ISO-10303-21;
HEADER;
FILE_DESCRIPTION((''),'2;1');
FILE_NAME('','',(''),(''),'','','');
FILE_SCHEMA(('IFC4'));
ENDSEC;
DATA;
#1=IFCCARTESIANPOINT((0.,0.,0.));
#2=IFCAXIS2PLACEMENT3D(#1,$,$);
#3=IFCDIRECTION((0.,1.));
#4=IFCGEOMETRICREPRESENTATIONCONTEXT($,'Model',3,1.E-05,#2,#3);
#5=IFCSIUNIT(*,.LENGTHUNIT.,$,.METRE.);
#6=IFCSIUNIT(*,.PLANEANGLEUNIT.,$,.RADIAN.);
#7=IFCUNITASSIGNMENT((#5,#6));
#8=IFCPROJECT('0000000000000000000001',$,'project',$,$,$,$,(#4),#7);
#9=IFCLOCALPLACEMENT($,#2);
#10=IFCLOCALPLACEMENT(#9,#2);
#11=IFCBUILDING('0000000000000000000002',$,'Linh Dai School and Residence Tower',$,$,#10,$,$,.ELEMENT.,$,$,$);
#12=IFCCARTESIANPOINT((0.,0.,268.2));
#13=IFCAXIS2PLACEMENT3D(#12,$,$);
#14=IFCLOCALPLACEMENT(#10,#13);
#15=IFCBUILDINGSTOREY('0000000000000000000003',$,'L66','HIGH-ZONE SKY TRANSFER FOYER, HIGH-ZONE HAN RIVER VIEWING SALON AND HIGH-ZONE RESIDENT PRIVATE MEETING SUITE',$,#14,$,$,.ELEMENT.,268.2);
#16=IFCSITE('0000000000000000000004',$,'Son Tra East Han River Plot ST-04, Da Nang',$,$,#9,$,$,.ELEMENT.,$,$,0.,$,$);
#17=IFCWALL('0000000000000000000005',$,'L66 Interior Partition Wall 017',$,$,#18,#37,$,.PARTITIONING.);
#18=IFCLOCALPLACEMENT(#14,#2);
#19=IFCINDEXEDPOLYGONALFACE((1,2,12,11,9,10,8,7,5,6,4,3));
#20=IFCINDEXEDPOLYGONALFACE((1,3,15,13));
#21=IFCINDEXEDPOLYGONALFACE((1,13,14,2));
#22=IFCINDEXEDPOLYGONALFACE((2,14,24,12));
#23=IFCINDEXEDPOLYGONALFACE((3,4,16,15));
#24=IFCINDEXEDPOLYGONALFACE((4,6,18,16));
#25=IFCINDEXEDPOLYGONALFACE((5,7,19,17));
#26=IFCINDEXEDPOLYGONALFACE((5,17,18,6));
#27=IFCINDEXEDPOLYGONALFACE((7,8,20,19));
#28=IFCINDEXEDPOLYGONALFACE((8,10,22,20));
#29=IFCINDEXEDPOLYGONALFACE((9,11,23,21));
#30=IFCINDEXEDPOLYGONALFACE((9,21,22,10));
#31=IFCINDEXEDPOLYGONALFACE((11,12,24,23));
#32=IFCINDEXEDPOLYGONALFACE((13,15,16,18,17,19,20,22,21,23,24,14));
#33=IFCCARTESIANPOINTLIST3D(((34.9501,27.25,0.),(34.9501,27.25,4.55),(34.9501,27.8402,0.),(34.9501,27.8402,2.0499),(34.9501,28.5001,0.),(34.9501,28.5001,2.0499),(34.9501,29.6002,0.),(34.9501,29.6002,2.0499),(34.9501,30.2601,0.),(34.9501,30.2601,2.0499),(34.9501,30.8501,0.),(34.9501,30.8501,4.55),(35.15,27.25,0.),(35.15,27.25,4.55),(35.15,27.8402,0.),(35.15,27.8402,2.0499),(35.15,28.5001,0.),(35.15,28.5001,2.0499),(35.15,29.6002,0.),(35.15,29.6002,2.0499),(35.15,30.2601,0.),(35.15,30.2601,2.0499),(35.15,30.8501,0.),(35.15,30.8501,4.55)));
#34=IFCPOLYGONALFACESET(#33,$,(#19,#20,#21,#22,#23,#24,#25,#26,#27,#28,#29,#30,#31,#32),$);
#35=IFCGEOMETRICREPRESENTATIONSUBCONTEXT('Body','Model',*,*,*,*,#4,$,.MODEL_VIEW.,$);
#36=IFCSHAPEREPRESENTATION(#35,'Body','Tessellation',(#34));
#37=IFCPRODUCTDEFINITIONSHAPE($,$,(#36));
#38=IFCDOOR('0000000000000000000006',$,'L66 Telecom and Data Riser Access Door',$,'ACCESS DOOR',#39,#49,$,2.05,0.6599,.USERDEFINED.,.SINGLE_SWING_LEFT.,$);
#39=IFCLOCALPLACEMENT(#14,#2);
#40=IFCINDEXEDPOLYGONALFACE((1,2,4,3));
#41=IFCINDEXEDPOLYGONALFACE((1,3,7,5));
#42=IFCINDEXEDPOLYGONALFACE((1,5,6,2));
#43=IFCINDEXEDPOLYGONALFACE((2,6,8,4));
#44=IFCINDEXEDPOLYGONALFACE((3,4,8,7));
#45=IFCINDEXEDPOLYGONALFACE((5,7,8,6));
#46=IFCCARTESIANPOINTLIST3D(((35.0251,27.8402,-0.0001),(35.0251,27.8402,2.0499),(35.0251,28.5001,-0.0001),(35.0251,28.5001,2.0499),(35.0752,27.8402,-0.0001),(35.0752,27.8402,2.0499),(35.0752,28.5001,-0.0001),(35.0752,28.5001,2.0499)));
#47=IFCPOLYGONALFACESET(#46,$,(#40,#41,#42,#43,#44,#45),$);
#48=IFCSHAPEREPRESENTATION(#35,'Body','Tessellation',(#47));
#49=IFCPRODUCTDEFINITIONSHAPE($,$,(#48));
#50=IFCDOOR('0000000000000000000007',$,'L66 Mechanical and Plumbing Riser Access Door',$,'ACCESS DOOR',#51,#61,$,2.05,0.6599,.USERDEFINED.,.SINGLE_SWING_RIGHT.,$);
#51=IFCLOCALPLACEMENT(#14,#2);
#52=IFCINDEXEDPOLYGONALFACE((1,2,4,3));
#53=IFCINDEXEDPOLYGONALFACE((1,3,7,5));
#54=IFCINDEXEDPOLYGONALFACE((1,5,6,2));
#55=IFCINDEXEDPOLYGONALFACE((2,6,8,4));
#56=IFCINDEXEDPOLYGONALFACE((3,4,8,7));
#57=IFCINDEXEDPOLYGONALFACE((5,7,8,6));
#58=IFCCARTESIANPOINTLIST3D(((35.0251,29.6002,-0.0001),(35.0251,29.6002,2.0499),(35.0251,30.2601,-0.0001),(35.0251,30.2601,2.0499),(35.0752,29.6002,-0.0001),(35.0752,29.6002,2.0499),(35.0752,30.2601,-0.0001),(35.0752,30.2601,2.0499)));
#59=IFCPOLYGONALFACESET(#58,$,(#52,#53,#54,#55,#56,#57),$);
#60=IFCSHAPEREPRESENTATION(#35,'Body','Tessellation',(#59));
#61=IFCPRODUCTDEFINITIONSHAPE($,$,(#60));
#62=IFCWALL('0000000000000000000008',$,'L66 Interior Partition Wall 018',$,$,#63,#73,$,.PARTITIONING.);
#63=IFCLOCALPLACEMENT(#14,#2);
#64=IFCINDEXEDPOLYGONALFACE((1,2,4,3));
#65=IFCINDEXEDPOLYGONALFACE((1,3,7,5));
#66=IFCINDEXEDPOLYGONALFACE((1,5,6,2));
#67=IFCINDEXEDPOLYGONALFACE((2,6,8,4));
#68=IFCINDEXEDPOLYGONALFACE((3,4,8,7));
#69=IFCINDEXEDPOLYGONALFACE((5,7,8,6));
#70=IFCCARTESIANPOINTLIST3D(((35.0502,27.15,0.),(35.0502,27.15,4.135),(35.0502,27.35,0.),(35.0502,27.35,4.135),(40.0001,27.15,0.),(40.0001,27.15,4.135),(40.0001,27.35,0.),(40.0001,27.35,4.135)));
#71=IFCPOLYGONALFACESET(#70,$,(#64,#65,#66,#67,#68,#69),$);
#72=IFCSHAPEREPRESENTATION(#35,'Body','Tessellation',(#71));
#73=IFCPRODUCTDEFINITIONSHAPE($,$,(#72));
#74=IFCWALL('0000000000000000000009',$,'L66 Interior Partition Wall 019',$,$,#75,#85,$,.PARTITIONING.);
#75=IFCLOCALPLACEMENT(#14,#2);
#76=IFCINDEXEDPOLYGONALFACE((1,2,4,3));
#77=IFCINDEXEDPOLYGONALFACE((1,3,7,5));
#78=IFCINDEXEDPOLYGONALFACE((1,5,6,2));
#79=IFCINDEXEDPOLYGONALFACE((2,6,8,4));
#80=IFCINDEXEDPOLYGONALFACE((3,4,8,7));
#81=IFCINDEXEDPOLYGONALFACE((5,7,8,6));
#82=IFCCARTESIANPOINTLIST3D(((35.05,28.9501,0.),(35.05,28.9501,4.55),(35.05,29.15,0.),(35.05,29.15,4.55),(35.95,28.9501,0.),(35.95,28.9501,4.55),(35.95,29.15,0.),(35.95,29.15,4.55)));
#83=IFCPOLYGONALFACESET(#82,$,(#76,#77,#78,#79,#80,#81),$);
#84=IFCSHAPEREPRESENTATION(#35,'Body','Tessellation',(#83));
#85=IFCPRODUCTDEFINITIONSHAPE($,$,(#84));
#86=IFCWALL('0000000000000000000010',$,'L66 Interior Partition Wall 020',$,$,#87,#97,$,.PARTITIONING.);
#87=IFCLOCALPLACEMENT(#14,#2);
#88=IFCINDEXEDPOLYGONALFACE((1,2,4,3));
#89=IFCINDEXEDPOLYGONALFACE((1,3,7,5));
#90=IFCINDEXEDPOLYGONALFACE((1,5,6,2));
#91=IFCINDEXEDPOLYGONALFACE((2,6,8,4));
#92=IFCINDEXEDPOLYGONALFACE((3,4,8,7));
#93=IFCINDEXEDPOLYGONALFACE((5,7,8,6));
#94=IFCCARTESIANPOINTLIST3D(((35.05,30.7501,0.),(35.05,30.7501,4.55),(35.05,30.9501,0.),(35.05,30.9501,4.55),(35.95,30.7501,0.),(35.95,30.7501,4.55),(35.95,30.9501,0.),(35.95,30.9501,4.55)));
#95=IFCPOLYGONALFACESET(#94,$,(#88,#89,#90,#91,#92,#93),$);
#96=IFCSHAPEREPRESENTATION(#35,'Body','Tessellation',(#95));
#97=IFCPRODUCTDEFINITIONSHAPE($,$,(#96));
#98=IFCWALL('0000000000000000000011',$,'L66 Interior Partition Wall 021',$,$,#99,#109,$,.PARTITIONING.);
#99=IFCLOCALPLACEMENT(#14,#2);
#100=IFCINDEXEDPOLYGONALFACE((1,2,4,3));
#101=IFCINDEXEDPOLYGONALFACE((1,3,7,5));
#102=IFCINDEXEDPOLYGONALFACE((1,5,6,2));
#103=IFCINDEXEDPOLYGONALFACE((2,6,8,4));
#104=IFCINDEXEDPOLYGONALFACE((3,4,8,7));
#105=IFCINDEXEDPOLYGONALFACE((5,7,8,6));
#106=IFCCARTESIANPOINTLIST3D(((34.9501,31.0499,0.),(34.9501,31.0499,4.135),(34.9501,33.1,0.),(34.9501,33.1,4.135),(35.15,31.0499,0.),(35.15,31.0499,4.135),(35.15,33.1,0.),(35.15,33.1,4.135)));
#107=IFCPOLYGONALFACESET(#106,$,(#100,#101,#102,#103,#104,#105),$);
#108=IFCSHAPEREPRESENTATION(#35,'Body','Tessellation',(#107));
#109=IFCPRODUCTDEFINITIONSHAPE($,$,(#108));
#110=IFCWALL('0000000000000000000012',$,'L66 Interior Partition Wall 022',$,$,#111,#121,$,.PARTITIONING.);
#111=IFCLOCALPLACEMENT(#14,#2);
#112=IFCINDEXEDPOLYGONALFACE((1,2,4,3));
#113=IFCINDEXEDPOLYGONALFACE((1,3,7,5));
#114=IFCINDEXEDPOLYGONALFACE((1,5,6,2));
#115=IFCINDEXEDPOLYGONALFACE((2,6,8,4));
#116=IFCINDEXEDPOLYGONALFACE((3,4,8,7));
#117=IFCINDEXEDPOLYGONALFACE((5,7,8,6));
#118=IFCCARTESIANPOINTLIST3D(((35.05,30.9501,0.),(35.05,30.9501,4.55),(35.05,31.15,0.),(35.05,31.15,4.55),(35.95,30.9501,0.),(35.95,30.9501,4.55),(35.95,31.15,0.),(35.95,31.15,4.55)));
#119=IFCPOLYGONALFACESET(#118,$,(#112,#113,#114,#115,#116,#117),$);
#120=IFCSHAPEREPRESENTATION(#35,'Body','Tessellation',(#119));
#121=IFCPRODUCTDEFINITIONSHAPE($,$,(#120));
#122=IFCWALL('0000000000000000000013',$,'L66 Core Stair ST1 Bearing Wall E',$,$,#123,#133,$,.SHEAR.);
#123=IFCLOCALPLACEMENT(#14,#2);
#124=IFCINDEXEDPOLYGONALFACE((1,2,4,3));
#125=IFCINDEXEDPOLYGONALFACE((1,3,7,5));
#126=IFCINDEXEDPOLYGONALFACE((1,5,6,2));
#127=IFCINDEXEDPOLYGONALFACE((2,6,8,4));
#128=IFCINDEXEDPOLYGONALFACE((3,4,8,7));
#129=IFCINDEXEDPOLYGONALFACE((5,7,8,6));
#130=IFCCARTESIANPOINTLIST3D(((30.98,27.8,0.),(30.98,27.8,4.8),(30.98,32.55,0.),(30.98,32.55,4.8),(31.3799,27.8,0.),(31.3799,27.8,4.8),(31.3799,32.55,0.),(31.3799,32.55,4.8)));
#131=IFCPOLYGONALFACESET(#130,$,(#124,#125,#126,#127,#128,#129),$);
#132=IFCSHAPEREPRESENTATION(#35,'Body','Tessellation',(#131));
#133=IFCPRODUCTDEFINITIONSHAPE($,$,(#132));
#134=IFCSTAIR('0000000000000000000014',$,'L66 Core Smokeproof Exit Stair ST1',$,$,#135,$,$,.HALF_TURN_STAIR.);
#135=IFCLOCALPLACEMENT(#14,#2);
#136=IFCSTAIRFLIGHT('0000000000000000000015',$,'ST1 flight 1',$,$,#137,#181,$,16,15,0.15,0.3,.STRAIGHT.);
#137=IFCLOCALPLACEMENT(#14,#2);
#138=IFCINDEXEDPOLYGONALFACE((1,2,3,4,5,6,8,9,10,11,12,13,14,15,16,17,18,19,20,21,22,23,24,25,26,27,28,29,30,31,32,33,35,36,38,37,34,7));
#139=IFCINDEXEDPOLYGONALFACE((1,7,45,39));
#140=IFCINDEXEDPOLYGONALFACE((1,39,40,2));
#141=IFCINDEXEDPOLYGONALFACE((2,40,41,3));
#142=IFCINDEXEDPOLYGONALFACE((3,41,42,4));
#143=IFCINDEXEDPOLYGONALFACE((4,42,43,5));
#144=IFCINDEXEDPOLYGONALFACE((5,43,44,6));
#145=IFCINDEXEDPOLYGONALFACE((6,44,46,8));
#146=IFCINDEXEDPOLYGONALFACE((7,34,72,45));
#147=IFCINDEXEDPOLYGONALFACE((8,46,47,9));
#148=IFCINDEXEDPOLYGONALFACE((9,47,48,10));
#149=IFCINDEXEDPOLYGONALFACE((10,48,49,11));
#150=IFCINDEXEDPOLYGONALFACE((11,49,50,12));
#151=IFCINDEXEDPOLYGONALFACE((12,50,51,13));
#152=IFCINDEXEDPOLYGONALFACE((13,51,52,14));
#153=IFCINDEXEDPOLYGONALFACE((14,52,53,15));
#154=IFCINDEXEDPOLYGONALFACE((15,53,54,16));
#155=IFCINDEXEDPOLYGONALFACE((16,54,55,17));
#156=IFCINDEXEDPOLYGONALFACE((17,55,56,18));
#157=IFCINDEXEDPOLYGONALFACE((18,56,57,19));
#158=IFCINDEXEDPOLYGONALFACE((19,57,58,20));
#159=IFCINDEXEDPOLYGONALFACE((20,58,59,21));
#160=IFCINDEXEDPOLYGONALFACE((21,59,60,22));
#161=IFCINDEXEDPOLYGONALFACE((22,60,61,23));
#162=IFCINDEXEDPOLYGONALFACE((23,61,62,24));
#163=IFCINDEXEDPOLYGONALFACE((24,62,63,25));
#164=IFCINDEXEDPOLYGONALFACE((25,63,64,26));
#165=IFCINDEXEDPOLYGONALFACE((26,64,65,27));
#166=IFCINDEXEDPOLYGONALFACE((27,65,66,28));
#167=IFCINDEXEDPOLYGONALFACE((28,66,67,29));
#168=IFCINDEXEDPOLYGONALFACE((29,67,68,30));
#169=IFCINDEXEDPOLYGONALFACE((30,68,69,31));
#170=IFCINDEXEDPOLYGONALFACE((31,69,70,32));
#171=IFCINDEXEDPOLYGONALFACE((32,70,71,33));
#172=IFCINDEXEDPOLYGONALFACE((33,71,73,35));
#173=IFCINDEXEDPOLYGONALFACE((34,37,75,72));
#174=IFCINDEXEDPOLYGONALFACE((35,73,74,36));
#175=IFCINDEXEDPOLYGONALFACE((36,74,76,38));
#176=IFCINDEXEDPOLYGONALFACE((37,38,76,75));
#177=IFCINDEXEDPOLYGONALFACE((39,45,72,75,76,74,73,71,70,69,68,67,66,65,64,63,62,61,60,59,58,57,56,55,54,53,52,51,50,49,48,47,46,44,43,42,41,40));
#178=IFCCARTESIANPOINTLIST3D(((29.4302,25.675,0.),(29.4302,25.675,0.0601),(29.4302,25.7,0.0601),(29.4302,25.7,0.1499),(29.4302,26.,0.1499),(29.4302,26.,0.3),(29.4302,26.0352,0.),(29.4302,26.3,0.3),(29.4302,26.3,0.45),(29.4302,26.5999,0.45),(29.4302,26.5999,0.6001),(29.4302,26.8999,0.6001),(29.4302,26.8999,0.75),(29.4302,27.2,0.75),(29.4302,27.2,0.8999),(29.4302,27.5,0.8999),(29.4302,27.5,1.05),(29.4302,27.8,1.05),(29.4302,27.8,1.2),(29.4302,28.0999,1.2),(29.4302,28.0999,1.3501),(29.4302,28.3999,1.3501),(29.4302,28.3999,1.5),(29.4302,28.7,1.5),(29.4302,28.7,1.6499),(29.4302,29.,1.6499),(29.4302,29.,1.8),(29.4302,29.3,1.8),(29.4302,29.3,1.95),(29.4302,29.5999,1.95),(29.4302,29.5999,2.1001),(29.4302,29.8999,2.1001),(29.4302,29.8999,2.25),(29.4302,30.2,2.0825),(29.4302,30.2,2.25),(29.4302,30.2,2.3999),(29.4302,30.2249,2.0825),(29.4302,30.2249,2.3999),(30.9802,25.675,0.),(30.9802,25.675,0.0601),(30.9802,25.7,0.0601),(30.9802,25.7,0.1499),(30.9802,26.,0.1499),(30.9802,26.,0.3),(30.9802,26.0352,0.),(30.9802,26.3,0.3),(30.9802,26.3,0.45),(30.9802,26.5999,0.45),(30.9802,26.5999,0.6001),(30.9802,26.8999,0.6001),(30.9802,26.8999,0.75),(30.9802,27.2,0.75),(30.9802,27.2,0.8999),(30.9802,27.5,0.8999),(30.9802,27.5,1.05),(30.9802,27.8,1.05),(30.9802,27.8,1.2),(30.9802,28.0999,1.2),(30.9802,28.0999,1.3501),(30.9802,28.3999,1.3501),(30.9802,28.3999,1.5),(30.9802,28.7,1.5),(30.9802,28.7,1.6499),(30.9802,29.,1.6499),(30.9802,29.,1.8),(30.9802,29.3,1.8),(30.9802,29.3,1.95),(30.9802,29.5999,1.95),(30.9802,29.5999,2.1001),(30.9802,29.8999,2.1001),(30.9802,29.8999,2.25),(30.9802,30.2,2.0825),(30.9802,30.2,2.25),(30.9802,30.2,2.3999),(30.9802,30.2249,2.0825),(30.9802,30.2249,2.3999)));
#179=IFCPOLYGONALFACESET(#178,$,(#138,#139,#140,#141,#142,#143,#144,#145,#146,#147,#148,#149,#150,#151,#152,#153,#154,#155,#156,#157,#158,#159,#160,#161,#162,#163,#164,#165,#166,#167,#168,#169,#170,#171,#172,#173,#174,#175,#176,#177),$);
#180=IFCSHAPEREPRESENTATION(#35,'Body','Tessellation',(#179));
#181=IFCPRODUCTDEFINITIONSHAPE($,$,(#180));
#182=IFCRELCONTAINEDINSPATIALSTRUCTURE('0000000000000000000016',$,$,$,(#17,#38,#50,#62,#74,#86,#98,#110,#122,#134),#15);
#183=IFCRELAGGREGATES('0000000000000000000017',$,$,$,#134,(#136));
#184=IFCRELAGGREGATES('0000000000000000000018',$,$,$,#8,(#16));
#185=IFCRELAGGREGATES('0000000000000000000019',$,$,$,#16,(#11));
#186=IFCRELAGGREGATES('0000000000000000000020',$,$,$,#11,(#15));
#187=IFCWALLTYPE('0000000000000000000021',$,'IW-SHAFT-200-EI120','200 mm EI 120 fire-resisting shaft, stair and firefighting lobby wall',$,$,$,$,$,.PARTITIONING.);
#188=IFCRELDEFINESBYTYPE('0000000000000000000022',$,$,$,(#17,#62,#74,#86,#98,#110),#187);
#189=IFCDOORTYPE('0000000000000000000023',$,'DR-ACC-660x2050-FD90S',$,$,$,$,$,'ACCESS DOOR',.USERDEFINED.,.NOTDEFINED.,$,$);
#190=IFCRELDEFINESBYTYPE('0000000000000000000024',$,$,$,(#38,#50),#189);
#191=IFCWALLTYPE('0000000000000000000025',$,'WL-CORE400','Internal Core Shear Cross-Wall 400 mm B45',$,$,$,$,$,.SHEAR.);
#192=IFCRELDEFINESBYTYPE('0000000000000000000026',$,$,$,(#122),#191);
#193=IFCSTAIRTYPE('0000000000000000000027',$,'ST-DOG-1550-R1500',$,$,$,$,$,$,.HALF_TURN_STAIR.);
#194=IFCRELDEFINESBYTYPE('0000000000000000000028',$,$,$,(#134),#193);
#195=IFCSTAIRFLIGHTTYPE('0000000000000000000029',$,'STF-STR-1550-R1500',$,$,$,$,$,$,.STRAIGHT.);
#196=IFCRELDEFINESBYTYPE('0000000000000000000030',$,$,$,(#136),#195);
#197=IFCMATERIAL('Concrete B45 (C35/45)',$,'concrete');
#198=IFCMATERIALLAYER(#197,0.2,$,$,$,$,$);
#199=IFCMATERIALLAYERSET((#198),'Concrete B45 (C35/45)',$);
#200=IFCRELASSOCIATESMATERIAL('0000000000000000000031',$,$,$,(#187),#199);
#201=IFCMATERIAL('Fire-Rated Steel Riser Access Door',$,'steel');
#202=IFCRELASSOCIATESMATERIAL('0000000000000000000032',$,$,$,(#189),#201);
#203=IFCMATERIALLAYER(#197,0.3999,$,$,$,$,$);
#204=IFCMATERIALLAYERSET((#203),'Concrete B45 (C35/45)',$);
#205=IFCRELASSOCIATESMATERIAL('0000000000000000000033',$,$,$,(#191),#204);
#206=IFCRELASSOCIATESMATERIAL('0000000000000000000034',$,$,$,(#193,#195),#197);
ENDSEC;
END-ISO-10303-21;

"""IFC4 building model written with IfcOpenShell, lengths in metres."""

from ifc_helpers import new_model, si_unit, direction, frame, frame_2d, origin, origin_2d, place, context, subcontext, project, spatial, polyline, rectangle, outline, extrude, source, transform, mapped, material, layer, layer_set, type_object, element, fill, aggregate, save


model = new_model("IFC4")

# Units and contexts
model_context = context("Model", 3, precision=1e-05, world=origin(), true_north=direction((0.0, 1.0)))
body_context = subcontext(model_context, "Body", "Model", "MODEL_VIEW")
ifc_project = project(units=[si_unit("LENGTHUNIT", "METRE"), si_unit("PLANEANGLEUNIT", "RADIAN")], contexts=[model_context])

# Site, building, storey
site_placement = place(None, origin())
site = spatial("IfcSite", under=ifc_project, at=site_placement, Name="Son Tra East Han River Plot ST-04, Da Nang", CompositionType="ELEMENT", RefElevation=0.0)
building_placement = place(site_placement, origin())
building = spatial("IfcBuilding", under=site, at=building_placement, Name="Linh Dai School and Residence Tower", CompositionType="ELEMENT")
storey_placement = place(building_placement, frame((0.0, 0.0, 268.2)))
storey = spatial("IfcBuildingStorey", under=building, at=storey_placement, Name="L66", Description="HIGH-ZONE SKY TRANSFER FOYER, HIGH-ZONE HAN RIVER VIEWING SALON AND HIGH-ZONE RESIDENT PRIVATE MEETING SUITE", CompositionType="ELEMENT", Elevation=268.2)

# Shared definitions
ifc_material_1 = material(Name="Concrete B45 (C35/45)", Category="concrete")
ifc_layer_1 = layer(ifc_material_1, 0.2)
ifc_layer_set_1 = layer_set([ifc_layer_1], Name="Concrete B45 (C35/45)")
wall_type_1 = type_object("IfcWallType", Name="IW-SHAFT-200-EI120", Description="200 mm EI 120 fire-resisting shaft, stair and firefighting lobby wall", PredefinedType="PARTITIONING", material=ifc_layer_set_1)
ifc_material_2 = material(Name="Fire-Rated Steel Riser Access Door", Category="steel")
door_type_1 = type_object("IfcDoorType", Name="DR-ACC-660x2050-FD90S", ElementType="ACCESS DOOR", OperationType="NOTDEFINED", PredefinedType="USERDEFINED", material=ifc_material_2)
shared_shape_1 = source(origin(), body_context, "Body", "SweptSolid", [
    extrude(rectangle(XDim=0.6599, YDim=2.05, at=origin_2d()), frame((0.3301, 0.0249, 1.0249), z_axis=(0.0, -1.0, 0.0), x_axis=(1.0, 0.0, 0.0)), (0.0, 0.0, 1.0), 0.05),
])

# Wall, openings, doors
wall_1_placement = place(storey_placement, frame((35.05, 27.25, 0.0), z_axis=(0.0, 0.0, 1.0), x_axis=(0.0, 1.0, 0.0)))
wall_1 = element("IfcWall", 1, at=wall_1_placement, inside=storey, type_object=wall_type_1, Name="L66 Interior Partition Wall 017", PredefinedType="PARTITIONING", context=body_context, shape_type="SweptSolid", body=[
    extrude(rectangle(XDim=3.6001, YDim=0.2, at=frame_2d((1.8, 0.0))), origin(), (0.0, 0.0, 1.0), 4.55),
])
opening_1_placement = place(wall_1_placement, frame((0.5901, 0.0, 0.0)))
opening_1 = element("IfcOpeningElement", 2, at=opening_1_placement, cuts=wall_1, PredefinedType="OPENING", context=body_context, shape_type="SweptSolid", body=[
    extrude(rectangle(XDim=0.6599, YDim=2.05, at=origin_2d()), frame((0.3301, 0.1099, 1.0249), z_axis=(0.0, -1.0, 0.0), x_axis=(1.0, 0.0, 0.0)), (0.0, 0.0, 1.0), 0.22),
])
opening_2_placement = place(wall_1_placement, frame((2.3501, 0.0, 0.0)))
opening_2 = element("IfcOpeningElement", 3, at=opening_2_placement, cuts=wall_1, PredefinedType="OPENING", context=body_context, shape_type="SweptSolid", body=[
    extrude(rectangle(XDim=0.6599, YDim=2.05, at=origin_2d()), frame((0.3301, 0.1099, 1.0249), z_axis=(0.0, -1.0, 0.0), x_axis=(1.0, 0.0, 0.0)), (0.0, 0.0, 1.0), 0.22),
])
door_1_placement = place(opening_1_placement, origin())
door_1 = element("IfcDoor", 4, at=door_1_placement, inside=storey, type_object=door_type_1, Name="L66 Telecom and Data Riser Access Door", ObjectType="ACCESS DOOR", OperationType="SINGLE_SWING_LEFT", OverallHeight=2.05, OverallWidth=0.6599, PredefinedType="USERDEFINED", context=body_context, shape_type="MappedRepresentation", body=[
    mapped(shared_shape_1, transform((0.0, 0.0, 0.0), x_axis=(1.0, 0.0, 0.0), y_axis=(0.0, 1.0, 0.0), z_axis=(0.0, 0.0, 1.0), scale=1.0)),
])
fill(opening_1, door_1)
door_2_placement = place(opening_2_placement, origin())
door_2 = element("IfcDoor", 5, at=door_2_placement, inside=storey, type_object=door_type_1, Name="L66 Mechanical and Plumbing Riser Access Door", ObjectType="ACCESS DOOR", OperationType="SINGLE_SWING_RIGHT", OverallHeight=2.05, OverallWidth=0.6599, PredefinedType="USERDEFINED", context=body_context, shape_type="MappedRepresentation", body=[
    mapped(shared_shape_1, transform((0.0, 0.0, 0.0), x_axis=(1.0, 0.0, 0.0), y_axis=(0.0, 1.0, 0.0), z_axis=(0.0, 0.0, 1.0), scale=1.0)),
])
fill(opening_2, door_2)

# Walls
wall_2_placement = place(storey_placement, frame((35.05, 27.25, 0.0), z_axis=(0.0, 0.0, 1.0), x_axis=(1.0, 0.0, 0.0)))
element("IfcWall", 6, at=wall_2_placement, inside=storey, type_object=wall_type_1, Name="L66 Interior Partition Wall 018", PredefinedType="PARTITIONING", context=body_context, shape_type="SweptSolid", body=[
    extrude(rectangle(XDim=4.95, YDim=0.2, at=frame_2d((2.4751, 0.0))), origin(), (0.0, 0.0, 1.0), 4.135),
])
for number, where, z_axis, x_axis, name in (
    (7, (35.05, 29.05, 0.0), (0.0, 0.0, 1.0), (1.0, 0.0, 0.0), "L66 Interior Partition Wall 019"),
    (8, (35.05, 30.8501, 0.0), (0.0, 0.0, 1.0), (1.0, 0.0, 0.0), "L66 Interior Partition Wall 020"),
):
    element("IfcWall", number, at=place(storey_placement, frame(where, z_axis=z_axis, x_axis=x_axis)), inside=storey, type_object=wall_type_1, Name=name, PredefinedType="PARTITIONING", context=body_context, shape_type="SweptSolid", body=[
        extrude(rectangle(XDim=0.8999, YDim=0.2, at=frame_2d((0.45, 0.0))), origin(), (0.0, 0.0, 1.0), 4.55),
    ])
wall_3_placement = place(storey_placement, frame((35.05, 31.05, 0.0), z_axis=(0.0, 0.0, 1.0), x_axis=(0.0, 1.0, 0.0)))
element("IfcWall", 9, at=wall_3_placement, inside=storey, type_object=wall_type_1, Name="L66 Interior Partition Wall 021", PredefinedType="PARTITIONING", context=body_context, shape_type="SweptSolid", body=[
    extrude(rectangle(XDim=2.05, YDim=0.2, at=frame_2d((1.0249, 0.0))), origin(), (0.0, 0.0, 1.0), 4.135),
])
wall_4_placement = place(storey_placement, frame((35.05, 31.05, 0.0), z_axis=(0.0, 0.0, 1.0), x_axis=(1.0, 0.0, 0.0)))
element("IfcWall", 10, at=wall_4_placement, inside=storey, type_object=wall_type_1, Name="L66 Interior Partition Wall 022", PredefinedType="PARTITIONING", context=body_context, shape_type="SweptSolid", body=[
    extrude(rectangle(XDim=0.8999, YDim=0.2, at=frame_2d((0.45, 0.0))), origin(), (0.0, 0.0, 1.0), 4.55),
])
ifc_layer_2 = layer(ifc_material_1, 0.3999)
ifc_layer_set_2 = layer_set([ifc_layer_2], Name="Concrete B45 (C35/45)")
wall_type_2 = type_object("IfcWallType", Name="WL-CORE400", Description="Internal Core Shear Cross-Wall 400 mm B45", PredefinedType="SHEAR", material=ifc_layer_set_2)
wall_5_placement = place(storey_placement, frame((31.1799, 27.8, 0.0), z_axis=(0.0, 0.0, 1.0), x_axis=(0.0, 1.0, 0.0)))
element("IfcWall", 11, at=wall_5_placement, inside=storey, type_object=wall_type_2, Name="L66 Core Stair ST1 Bearing Wall E", PredefinedType="SHEAR", context=body_context, shape_type="SweptSolid", body=[
    extrude(rectangle(XDim=4.75, YDim=0.3999, at=frame_2d((2.375, 0.0))), origin(), (0.0, 0.0, 1.0), 4.8),
])

# Stair, stair flight
stair_type = type_object("IfcStairType", Name="ST-DOG-1550-R1500", PredefinedType="HALF_TURN_STAIR", material=ifc_material_1)
stair_placement = place(storey_placement, origin())
stair = element("IfcStair", 12, at=stair_placement, inside=storey, type_object=stair_type, Name="L66 Core Smokeproof Exit Stair ST1", PredefinedType="HALF_TURN_STAIR")
stair_flight_type = type_object("IfcStairFlightType", Name="STF-STR-1550-R1500", PredefinedType="STRAIGHT", material=ifc_material_1)
shared_shape_2 = source(origin(), body_context, "Body", "SweptSolid", [
    extrude(outline(polyline([(-0.0249, 0.0), (-0.0249, 0.0601), (0.0, 0.0601), (0.0, 0.1499), (0.3, 0.1499), (0.3, 0.3), (0.6001, 0.3), (0.6001, 0.45), (0.8999, 0.45), (0.8999, 0.6001), (1.2, 0.6001), (1.2, 0.75), (1.5, 0.75), (1.5, 0.8999), (1.8, 0.8999), (1.8, 1.05), (2.1001, 1.05), (2.1001, 1.2), (2.3999, 1.2), (2.3999, 1.3501), (2.7, 1.3501), (2.7, 1.5), (3.0, 1.5), (3.0, 1.6499), (3.3, 1.6499), (3.3, 1.8), (3.6001, 1.8), (3.6001, 1.95), (3.8999, 1.95), (3.8999, 2.1001), (4.2, 2.1001), (4.2, 2.25), (4.5, 2.25), (4.5, 2.3999), (4.5249, 2.3999), (4.5249, 2.0825), (4.5, 2.0825), (0.3352, 0.0), (-0.0249, 0.0)])), frame((0.0, 0.7749, 0.0), z_axis=(0.0, -1.0, 0.0), x_axis=(1.0, 0.0, 0.0)), (0.0, 0.0, 1.0), 1.55),
])
stair_flight_1_placement = place(storey_placement, frame((30.2051, 25.7, 0.0), z_axis=(0.0, 0.0, 1.0), x_axis=(0.0, 1.0, 0.0)))
stair_flight_1 = element("IfcStairFlight", 13, at=stair_flight_1_placement, type_object=stair_flight_type, Name="ST1 flight 1", NumberOfRisers=16, NumberOfTreads=15, PredefinedType="STRAIGHT", RiserHeight=0.15, TreadLength=0.3, context=body_context, shape_type="MappedRepresentation", body=[
    mapped(shared_shape_2, transform((0.0, 0.0, 0.0), x_axis=(1.0, 0.0, 0.0), y_axis=(0.0, 1.0, 0.0), z_axis=(0.0, 0.0, 1.0), scale=1.0)),
])
aggregate(stair, [stair_flight_1])

save(model, "model.ifc")
